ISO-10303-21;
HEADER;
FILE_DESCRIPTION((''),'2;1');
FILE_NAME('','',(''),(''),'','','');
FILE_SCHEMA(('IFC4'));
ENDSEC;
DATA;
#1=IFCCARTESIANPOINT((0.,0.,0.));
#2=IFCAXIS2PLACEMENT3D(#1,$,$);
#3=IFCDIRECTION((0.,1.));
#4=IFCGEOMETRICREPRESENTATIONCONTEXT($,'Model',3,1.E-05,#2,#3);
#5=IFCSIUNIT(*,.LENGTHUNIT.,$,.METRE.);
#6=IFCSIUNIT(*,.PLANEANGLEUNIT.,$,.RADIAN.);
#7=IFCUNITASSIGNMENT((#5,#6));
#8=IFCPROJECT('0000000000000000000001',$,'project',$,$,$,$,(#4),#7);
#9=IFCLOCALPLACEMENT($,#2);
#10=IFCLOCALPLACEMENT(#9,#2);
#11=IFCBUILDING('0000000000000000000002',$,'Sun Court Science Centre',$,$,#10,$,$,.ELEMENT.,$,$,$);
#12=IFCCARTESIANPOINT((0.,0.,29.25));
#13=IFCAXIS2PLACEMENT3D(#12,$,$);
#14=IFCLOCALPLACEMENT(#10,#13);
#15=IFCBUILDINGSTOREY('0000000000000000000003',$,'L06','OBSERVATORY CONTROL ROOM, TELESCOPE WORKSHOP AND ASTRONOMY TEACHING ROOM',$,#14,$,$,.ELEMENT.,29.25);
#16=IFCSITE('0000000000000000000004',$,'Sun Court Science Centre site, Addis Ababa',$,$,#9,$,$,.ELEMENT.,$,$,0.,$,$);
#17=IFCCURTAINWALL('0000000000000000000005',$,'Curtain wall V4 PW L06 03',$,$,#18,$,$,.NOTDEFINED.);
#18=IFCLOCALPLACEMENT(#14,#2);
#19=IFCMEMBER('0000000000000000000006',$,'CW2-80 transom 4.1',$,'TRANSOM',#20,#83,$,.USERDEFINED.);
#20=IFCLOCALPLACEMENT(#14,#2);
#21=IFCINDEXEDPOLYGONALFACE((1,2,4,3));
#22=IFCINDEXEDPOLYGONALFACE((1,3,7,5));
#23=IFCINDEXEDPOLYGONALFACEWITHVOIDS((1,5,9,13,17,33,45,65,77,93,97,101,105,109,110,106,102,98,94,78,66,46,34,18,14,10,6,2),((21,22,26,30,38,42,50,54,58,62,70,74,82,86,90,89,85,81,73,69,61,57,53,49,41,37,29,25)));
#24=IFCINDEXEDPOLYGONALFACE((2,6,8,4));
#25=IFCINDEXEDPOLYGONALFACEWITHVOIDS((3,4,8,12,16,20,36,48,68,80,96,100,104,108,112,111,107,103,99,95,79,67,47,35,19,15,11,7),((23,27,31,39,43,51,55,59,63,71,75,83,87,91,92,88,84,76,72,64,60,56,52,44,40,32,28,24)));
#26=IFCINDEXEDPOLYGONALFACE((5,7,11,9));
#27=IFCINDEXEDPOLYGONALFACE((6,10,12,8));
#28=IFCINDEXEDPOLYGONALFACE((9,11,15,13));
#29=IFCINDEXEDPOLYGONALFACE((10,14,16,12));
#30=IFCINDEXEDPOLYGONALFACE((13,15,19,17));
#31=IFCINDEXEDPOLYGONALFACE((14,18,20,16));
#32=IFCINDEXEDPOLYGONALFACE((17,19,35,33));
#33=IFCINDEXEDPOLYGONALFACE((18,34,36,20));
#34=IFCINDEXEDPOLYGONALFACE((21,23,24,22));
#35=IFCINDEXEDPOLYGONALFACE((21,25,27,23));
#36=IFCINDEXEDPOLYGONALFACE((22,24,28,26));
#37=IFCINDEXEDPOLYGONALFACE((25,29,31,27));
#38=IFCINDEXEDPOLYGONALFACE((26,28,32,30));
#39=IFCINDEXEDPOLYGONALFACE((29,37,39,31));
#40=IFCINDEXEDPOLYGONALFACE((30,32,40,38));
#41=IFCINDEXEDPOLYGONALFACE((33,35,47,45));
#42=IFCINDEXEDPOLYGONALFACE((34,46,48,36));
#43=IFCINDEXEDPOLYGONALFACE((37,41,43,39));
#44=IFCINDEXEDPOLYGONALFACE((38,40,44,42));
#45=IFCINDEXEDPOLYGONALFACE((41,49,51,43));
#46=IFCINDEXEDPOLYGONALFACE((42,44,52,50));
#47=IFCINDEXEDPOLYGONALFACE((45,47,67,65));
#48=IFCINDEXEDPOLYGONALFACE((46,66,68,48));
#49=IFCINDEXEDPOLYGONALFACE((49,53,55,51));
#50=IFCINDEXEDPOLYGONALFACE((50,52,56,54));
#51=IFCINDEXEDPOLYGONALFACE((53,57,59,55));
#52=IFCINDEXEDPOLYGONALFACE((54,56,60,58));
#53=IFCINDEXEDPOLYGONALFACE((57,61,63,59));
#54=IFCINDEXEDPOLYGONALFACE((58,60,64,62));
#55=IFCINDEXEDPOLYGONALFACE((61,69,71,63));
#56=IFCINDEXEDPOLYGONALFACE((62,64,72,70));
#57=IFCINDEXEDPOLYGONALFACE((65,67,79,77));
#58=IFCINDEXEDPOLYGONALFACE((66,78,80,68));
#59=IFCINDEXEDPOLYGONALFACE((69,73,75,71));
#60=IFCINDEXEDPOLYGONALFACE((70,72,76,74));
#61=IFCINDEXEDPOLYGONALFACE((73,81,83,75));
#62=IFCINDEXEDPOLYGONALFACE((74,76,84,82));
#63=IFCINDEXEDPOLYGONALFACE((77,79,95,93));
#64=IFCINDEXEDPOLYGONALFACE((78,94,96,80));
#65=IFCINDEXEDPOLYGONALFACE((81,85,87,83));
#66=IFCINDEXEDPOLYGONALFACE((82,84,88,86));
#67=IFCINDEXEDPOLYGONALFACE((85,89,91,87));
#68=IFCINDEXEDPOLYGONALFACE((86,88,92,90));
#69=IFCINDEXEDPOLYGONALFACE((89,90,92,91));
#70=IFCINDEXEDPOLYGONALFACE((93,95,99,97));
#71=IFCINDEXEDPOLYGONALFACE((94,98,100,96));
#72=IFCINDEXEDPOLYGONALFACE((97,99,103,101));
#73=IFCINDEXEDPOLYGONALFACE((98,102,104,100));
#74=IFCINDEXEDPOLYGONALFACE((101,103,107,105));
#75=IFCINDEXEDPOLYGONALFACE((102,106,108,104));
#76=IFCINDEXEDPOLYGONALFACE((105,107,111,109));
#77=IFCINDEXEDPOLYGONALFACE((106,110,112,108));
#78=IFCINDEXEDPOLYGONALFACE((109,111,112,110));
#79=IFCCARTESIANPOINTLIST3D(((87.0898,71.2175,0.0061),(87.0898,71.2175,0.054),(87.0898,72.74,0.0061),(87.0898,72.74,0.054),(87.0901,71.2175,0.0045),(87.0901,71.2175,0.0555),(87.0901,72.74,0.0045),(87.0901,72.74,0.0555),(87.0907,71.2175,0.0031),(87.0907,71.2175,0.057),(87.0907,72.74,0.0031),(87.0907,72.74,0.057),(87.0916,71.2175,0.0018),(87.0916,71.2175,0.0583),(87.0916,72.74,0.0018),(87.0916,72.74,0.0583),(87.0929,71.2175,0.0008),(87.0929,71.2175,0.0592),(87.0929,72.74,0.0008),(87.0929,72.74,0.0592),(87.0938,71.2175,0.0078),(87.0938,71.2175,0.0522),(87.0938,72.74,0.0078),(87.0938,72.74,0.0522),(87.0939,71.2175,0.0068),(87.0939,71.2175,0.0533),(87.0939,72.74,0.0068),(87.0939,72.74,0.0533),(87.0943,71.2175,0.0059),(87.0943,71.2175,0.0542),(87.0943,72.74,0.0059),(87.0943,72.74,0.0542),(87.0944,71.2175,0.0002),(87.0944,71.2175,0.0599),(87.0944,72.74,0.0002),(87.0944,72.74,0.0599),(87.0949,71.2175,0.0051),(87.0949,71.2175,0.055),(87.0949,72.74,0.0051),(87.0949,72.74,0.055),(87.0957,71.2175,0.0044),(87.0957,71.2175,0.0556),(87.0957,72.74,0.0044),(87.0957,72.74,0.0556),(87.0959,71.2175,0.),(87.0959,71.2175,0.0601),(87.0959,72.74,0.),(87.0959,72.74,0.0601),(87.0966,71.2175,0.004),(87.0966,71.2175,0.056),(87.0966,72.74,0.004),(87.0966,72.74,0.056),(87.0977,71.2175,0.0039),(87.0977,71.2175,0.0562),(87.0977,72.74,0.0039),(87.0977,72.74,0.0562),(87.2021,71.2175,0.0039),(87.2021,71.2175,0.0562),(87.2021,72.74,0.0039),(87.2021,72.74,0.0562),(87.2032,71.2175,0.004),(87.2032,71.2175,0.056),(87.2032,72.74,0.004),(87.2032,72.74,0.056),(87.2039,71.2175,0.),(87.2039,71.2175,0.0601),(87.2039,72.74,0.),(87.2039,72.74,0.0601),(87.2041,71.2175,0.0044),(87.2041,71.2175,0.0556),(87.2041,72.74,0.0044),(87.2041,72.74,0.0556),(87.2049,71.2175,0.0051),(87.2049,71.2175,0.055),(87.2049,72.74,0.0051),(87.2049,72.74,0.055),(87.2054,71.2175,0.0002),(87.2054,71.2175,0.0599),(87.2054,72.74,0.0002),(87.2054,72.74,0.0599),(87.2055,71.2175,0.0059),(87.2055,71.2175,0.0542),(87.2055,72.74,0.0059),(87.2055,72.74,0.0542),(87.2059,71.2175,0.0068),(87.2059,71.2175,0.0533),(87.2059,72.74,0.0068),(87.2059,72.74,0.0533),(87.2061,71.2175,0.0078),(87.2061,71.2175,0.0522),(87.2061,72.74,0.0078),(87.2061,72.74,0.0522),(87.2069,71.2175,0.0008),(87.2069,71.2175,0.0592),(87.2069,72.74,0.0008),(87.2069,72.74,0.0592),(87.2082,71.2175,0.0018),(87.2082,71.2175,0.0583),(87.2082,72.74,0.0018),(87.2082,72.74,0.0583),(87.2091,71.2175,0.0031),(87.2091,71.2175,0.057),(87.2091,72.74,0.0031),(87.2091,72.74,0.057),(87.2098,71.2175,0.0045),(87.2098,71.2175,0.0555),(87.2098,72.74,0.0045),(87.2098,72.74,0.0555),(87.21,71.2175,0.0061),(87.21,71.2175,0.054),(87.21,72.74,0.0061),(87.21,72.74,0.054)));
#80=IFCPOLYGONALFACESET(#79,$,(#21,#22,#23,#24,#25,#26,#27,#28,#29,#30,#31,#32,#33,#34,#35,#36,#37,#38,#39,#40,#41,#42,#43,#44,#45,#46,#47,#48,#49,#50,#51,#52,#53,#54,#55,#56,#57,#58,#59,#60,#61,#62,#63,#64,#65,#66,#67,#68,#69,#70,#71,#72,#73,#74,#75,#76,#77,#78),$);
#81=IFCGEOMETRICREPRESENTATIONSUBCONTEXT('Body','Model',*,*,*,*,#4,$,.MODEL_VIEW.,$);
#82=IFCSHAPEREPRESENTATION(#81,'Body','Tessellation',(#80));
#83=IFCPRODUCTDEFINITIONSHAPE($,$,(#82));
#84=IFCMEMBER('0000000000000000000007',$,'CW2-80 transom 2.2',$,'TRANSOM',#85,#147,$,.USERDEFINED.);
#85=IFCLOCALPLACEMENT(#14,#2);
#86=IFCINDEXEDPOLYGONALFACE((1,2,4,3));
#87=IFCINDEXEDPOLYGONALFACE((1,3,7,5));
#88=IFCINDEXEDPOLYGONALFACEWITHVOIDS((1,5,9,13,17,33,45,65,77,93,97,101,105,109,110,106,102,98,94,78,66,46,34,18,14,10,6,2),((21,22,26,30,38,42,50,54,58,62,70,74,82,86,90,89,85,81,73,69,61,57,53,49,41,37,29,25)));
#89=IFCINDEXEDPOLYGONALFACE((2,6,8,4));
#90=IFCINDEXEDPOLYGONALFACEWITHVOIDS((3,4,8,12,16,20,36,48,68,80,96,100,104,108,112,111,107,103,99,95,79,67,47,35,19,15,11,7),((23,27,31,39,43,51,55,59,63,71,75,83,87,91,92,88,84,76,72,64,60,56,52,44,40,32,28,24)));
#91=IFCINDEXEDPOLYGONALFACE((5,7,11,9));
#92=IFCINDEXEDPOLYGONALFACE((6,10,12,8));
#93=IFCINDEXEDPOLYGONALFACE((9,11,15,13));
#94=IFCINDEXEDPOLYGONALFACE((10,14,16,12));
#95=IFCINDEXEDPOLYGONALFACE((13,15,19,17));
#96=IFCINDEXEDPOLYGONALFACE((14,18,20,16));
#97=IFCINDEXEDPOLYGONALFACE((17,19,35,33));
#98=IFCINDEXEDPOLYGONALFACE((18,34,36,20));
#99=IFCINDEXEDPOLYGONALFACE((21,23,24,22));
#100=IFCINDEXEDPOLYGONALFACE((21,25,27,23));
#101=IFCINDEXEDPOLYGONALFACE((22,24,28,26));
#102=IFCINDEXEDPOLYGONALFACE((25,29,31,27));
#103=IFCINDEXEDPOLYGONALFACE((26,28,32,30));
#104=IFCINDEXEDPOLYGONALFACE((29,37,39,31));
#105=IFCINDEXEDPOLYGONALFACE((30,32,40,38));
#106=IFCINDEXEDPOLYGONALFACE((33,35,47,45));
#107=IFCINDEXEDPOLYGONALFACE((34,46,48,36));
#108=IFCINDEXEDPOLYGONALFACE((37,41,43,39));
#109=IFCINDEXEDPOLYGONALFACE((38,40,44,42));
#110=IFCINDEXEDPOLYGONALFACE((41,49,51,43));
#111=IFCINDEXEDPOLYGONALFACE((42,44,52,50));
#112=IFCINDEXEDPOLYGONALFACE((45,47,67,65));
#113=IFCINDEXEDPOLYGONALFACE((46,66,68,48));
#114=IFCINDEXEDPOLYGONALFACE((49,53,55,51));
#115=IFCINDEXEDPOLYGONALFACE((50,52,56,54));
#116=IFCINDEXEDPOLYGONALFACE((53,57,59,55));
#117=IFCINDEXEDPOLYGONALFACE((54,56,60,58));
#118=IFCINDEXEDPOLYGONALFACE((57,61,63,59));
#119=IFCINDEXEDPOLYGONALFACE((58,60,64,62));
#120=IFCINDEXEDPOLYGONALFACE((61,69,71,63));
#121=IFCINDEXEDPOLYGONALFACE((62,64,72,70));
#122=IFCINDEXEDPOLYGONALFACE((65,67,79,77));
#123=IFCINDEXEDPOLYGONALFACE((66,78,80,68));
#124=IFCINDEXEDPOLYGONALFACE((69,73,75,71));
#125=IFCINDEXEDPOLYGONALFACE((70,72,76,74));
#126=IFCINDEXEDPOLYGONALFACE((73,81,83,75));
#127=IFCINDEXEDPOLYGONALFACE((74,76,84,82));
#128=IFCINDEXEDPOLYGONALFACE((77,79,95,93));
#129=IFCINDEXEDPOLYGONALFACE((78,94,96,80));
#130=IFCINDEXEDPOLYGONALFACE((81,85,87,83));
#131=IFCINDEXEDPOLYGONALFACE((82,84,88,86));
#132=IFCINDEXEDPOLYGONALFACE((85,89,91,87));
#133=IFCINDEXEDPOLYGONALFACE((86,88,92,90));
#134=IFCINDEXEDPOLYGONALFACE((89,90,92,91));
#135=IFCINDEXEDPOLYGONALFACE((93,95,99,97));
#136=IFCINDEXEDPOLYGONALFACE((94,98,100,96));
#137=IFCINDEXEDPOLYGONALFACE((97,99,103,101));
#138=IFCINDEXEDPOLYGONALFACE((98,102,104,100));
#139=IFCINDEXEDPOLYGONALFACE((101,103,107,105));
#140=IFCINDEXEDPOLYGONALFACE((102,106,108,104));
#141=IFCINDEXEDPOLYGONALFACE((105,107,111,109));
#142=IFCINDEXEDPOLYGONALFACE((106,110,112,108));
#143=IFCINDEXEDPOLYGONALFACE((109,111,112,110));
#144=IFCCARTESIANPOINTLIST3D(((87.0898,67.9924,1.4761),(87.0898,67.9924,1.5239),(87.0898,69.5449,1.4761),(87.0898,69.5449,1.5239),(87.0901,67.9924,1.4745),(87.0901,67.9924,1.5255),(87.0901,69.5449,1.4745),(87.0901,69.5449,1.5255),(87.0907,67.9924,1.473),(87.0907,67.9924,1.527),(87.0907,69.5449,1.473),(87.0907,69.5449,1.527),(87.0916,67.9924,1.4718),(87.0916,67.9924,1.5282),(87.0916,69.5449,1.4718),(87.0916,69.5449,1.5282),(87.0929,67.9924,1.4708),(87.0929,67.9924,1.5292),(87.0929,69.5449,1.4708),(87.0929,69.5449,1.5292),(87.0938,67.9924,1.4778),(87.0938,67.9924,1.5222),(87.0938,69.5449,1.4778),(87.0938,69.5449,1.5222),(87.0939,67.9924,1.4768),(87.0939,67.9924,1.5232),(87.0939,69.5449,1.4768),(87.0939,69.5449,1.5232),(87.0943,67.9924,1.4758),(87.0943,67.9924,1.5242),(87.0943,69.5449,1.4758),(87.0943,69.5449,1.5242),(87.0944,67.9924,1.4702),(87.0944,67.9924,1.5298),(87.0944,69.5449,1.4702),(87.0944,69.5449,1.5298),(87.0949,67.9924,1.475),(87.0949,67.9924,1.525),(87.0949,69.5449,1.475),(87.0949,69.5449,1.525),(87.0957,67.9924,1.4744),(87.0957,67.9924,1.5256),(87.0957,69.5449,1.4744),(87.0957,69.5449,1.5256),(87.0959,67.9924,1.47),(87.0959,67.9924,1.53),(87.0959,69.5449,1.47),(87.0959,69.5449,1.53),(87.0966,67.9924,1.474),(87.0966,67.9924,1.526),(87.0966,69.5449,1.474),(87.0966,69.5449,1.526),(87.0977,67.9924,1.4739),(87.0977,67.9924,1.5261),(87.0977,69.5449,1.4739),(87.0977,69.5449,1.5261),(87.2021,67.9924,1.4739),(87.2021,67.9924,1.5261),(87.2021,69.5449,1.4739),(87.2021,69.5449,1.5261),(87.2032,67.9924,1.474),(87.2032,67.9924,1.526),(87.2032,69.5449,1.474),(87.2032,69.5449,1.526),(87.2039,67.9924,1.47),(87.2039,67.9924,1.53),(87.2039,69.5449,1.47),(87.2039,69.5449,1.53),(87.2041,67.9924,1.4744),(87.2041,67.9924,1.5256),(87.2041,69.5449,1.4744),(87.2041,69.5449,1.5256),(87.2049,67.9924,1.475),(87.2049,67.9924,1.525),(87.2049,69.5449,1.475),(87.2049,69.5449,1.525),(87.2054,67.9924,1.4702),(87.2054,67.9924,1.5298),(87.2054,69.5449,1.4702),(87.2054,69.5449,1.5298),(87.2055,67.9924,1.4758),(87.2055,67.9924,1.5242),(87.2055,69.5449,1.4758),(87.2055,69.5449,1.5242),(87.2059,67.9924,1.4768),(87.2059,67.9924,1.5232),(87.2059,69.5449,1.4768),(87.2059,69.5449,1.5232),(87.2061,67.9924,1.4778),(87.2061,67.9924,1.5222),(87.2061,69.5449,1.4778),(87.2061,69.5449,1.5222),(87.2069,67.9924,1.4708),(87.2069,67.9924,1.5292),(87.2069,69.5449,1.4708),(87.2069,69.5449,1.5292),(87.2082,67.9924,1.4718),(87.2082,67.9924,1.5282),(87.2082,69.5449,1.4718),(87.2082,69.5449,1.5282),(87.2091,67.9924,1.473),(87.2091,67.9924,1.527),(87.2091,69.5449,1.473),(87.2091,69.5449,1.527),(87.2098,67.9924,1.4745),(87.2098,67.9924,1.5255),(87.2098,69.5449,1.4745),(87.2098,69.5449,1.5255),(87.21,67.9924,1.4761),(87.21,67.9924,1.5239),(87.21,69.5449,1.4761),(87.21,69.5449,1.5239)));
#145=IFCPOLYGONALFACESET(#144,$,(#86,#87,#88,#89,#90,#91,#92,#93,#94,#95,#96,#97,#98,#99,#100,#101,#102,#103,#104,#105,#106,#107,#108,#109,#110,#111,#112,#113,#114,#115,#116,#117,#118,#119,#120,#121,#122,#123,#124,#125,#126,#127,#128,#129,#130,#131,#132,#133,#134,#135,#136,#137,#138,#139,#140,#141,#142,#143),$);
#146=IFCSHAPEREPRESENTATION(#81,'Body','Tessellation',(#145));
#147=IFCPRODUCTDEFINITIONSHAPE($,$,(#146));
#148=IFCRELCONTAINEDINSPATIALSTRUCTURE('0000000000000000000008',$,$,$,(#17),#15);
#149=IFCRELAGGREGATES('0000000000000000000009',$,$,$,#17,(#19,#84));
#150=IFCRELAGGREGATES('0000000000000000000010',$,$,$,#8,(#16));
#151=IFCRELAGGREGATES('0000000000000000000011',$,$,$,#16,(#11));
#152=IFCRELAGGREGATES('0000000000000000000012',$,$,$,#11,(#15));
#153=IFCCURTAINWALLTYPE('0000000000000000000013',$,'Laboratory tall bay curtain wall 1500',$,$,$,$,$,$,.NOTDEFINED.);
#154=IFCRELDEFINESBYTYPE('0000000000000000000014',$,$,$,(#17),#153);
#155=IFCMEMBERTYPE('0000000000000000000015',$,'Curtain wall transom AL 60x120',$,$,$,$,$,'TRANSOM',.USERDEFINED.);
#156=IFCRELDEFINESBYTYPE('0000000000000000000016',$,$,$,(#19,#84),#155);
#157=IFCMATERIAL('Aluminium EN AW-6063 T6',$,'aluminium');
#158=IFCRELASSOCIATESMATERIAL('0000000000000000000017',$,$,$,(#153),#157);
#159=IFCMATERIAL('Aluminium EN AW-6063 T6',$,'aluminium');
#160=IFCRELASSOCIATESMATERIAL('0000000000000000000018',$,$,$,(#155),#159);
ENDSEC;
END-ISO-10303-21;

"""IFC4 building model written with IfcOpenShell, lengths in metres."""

from ifc_helpers import new_model, si_unit, direction, frame, origin, origin_2d, place, context, subcontext, project, spatial, hollow_rectangle, extrude, material, material_profile, profile_set, type_object, element, aggregate, save


model = new_model("IFC4")

# Units and contexts
model_context = context("Model", 3, precision=1e-05, world=origin(), true_north=direction((0.0, 1.0)))
body_context = subcontext(model_context, "Body", "Model", "MODEL_VIEW")
ifc_project = project(units=[si_unit("LENGTHUNIT", "METRE"), si_unit("PLANEANGLEUNIT", "RADIAN")], contexts=[model_context])

# Site, building, storey
site_placement = place(None, origin())
site = spatial("IfcSite", under=ifc_project, at=site_placement, Name="Sun Court Science Centre site, Addis Ababa", CompositionType="ELEMENT", RefElevation=0.0)
building_placement = place(site_placement, origin())
building = spatial("IfcBuilding", under=site, at=building_placement, Name="Sun Court Science Centre", CompositionType="ELEMENT")
storey_placement = place(building_placement, frame((0.0, 0.0, 29.25)))
storey = spatial("IfcBuildingStorey", under=building, at=storey_placement, Name="L06", Description="OBSERVATORY CONTROL ROOM, TELESCOPE WORKSHOP AND ASTRONOMY TEACHING ROOM", CompositionType="ELEMENT", Elevation=29.25)

# Curtain wall, members
ifc_material_1 = material(Name="Aluminium EN AW-6063 T6", Category="aluminium")
curtain_wall_type = type_object("IfcCurtainWallType", Name="Laboratory tall bay curtain wall 1500", PredefinedType="NOTDEFINED", material=ifc_material_1)
curtain_wall_placement = place(storey_placement, origin())
curtain_wall = element("IfcCurtainWall", 1, at=curtain_wall_placement, inside=storey, type_object=curtain_wall_type, Name="Curtain wall V4 PW L06 03", PredefinedType="NOTDEFINED")
ifc_material_2 = material(Name="Aluminium EN AW-6063 T6", Category="aluminium")
ifc_material_profile_1 = material_profile(ifc_material_2, hollow_rectangle(XDim=0.0601, YDim=0.1201, WallThickness=0.0039, InnerFilletRadius=0.0039, OuterFilletRadius=0.0061, at=origin_2d()), Name="AL 60x120x4")
ifc_profile_set_1 = profile_set([ifc_material_profile_1], Name="Aluminium EN AW-6063 T6")
member_type_1 = type_object("IfcMemberType", Name="Curtain wall transom AL 60x120", ElementType="TRANSOM", PredefinedType="USERDEFINED", material=ifc_profile_set_1)
member_1_placement = place(storey_placement, frame((87.1499, 71.2175, 0.03), z_axis=(0.0, 1.0, 0.0), x_axis=(0.0, 0.0, 1.0)))
member_1 = element("IfcMember", 2, at=member_1_placement, type_object=member_type_1, Name="CW2-80 transom 4.1", ObjectType="TRANSOM", PredefinedType="USERDEFINED", context=body_context, shape_type="SweptSolid", body=[
    extrude(hollow_rectangle(XDim=0.0601, YDim=0.1201, WallThickness=0.0039, InnerFilletRadius=0.0039, OuterFilletRadius=0.0061, at=origin_2d()), origin(), (0.0, 0.0, 1.0), 1.5225),
])
member_2_placement = place(storey_placement, frame((87.1499, 67.9924, 1.5), z_axis=(0.0, 1.0, 0.0), x_axis=(0.0, 0.0, 1.0)))
member_2 = element("IfcMember", 3, at=member_2_placement, type_object=member_type_1, Name="CW2-80 transom 2.2", ObjectType="TRANSOM", PredefinedType="USERDEFINED", context=body_context, shape_type="SweptSolid", body=[
    extrude(hollow_rectangle(XDim=0.0601, YDim=0.1201, WallThickness=0.0039, InnerFilletRadius=0.0039, OuterFilletRadius=0.0061, at=origin_2d()), origin(), (0.0, 0.0, 1.0), 1.5525),
])

aggregate(curtain_wall, [member_1, member_2])

save(model, "model.ifc")
